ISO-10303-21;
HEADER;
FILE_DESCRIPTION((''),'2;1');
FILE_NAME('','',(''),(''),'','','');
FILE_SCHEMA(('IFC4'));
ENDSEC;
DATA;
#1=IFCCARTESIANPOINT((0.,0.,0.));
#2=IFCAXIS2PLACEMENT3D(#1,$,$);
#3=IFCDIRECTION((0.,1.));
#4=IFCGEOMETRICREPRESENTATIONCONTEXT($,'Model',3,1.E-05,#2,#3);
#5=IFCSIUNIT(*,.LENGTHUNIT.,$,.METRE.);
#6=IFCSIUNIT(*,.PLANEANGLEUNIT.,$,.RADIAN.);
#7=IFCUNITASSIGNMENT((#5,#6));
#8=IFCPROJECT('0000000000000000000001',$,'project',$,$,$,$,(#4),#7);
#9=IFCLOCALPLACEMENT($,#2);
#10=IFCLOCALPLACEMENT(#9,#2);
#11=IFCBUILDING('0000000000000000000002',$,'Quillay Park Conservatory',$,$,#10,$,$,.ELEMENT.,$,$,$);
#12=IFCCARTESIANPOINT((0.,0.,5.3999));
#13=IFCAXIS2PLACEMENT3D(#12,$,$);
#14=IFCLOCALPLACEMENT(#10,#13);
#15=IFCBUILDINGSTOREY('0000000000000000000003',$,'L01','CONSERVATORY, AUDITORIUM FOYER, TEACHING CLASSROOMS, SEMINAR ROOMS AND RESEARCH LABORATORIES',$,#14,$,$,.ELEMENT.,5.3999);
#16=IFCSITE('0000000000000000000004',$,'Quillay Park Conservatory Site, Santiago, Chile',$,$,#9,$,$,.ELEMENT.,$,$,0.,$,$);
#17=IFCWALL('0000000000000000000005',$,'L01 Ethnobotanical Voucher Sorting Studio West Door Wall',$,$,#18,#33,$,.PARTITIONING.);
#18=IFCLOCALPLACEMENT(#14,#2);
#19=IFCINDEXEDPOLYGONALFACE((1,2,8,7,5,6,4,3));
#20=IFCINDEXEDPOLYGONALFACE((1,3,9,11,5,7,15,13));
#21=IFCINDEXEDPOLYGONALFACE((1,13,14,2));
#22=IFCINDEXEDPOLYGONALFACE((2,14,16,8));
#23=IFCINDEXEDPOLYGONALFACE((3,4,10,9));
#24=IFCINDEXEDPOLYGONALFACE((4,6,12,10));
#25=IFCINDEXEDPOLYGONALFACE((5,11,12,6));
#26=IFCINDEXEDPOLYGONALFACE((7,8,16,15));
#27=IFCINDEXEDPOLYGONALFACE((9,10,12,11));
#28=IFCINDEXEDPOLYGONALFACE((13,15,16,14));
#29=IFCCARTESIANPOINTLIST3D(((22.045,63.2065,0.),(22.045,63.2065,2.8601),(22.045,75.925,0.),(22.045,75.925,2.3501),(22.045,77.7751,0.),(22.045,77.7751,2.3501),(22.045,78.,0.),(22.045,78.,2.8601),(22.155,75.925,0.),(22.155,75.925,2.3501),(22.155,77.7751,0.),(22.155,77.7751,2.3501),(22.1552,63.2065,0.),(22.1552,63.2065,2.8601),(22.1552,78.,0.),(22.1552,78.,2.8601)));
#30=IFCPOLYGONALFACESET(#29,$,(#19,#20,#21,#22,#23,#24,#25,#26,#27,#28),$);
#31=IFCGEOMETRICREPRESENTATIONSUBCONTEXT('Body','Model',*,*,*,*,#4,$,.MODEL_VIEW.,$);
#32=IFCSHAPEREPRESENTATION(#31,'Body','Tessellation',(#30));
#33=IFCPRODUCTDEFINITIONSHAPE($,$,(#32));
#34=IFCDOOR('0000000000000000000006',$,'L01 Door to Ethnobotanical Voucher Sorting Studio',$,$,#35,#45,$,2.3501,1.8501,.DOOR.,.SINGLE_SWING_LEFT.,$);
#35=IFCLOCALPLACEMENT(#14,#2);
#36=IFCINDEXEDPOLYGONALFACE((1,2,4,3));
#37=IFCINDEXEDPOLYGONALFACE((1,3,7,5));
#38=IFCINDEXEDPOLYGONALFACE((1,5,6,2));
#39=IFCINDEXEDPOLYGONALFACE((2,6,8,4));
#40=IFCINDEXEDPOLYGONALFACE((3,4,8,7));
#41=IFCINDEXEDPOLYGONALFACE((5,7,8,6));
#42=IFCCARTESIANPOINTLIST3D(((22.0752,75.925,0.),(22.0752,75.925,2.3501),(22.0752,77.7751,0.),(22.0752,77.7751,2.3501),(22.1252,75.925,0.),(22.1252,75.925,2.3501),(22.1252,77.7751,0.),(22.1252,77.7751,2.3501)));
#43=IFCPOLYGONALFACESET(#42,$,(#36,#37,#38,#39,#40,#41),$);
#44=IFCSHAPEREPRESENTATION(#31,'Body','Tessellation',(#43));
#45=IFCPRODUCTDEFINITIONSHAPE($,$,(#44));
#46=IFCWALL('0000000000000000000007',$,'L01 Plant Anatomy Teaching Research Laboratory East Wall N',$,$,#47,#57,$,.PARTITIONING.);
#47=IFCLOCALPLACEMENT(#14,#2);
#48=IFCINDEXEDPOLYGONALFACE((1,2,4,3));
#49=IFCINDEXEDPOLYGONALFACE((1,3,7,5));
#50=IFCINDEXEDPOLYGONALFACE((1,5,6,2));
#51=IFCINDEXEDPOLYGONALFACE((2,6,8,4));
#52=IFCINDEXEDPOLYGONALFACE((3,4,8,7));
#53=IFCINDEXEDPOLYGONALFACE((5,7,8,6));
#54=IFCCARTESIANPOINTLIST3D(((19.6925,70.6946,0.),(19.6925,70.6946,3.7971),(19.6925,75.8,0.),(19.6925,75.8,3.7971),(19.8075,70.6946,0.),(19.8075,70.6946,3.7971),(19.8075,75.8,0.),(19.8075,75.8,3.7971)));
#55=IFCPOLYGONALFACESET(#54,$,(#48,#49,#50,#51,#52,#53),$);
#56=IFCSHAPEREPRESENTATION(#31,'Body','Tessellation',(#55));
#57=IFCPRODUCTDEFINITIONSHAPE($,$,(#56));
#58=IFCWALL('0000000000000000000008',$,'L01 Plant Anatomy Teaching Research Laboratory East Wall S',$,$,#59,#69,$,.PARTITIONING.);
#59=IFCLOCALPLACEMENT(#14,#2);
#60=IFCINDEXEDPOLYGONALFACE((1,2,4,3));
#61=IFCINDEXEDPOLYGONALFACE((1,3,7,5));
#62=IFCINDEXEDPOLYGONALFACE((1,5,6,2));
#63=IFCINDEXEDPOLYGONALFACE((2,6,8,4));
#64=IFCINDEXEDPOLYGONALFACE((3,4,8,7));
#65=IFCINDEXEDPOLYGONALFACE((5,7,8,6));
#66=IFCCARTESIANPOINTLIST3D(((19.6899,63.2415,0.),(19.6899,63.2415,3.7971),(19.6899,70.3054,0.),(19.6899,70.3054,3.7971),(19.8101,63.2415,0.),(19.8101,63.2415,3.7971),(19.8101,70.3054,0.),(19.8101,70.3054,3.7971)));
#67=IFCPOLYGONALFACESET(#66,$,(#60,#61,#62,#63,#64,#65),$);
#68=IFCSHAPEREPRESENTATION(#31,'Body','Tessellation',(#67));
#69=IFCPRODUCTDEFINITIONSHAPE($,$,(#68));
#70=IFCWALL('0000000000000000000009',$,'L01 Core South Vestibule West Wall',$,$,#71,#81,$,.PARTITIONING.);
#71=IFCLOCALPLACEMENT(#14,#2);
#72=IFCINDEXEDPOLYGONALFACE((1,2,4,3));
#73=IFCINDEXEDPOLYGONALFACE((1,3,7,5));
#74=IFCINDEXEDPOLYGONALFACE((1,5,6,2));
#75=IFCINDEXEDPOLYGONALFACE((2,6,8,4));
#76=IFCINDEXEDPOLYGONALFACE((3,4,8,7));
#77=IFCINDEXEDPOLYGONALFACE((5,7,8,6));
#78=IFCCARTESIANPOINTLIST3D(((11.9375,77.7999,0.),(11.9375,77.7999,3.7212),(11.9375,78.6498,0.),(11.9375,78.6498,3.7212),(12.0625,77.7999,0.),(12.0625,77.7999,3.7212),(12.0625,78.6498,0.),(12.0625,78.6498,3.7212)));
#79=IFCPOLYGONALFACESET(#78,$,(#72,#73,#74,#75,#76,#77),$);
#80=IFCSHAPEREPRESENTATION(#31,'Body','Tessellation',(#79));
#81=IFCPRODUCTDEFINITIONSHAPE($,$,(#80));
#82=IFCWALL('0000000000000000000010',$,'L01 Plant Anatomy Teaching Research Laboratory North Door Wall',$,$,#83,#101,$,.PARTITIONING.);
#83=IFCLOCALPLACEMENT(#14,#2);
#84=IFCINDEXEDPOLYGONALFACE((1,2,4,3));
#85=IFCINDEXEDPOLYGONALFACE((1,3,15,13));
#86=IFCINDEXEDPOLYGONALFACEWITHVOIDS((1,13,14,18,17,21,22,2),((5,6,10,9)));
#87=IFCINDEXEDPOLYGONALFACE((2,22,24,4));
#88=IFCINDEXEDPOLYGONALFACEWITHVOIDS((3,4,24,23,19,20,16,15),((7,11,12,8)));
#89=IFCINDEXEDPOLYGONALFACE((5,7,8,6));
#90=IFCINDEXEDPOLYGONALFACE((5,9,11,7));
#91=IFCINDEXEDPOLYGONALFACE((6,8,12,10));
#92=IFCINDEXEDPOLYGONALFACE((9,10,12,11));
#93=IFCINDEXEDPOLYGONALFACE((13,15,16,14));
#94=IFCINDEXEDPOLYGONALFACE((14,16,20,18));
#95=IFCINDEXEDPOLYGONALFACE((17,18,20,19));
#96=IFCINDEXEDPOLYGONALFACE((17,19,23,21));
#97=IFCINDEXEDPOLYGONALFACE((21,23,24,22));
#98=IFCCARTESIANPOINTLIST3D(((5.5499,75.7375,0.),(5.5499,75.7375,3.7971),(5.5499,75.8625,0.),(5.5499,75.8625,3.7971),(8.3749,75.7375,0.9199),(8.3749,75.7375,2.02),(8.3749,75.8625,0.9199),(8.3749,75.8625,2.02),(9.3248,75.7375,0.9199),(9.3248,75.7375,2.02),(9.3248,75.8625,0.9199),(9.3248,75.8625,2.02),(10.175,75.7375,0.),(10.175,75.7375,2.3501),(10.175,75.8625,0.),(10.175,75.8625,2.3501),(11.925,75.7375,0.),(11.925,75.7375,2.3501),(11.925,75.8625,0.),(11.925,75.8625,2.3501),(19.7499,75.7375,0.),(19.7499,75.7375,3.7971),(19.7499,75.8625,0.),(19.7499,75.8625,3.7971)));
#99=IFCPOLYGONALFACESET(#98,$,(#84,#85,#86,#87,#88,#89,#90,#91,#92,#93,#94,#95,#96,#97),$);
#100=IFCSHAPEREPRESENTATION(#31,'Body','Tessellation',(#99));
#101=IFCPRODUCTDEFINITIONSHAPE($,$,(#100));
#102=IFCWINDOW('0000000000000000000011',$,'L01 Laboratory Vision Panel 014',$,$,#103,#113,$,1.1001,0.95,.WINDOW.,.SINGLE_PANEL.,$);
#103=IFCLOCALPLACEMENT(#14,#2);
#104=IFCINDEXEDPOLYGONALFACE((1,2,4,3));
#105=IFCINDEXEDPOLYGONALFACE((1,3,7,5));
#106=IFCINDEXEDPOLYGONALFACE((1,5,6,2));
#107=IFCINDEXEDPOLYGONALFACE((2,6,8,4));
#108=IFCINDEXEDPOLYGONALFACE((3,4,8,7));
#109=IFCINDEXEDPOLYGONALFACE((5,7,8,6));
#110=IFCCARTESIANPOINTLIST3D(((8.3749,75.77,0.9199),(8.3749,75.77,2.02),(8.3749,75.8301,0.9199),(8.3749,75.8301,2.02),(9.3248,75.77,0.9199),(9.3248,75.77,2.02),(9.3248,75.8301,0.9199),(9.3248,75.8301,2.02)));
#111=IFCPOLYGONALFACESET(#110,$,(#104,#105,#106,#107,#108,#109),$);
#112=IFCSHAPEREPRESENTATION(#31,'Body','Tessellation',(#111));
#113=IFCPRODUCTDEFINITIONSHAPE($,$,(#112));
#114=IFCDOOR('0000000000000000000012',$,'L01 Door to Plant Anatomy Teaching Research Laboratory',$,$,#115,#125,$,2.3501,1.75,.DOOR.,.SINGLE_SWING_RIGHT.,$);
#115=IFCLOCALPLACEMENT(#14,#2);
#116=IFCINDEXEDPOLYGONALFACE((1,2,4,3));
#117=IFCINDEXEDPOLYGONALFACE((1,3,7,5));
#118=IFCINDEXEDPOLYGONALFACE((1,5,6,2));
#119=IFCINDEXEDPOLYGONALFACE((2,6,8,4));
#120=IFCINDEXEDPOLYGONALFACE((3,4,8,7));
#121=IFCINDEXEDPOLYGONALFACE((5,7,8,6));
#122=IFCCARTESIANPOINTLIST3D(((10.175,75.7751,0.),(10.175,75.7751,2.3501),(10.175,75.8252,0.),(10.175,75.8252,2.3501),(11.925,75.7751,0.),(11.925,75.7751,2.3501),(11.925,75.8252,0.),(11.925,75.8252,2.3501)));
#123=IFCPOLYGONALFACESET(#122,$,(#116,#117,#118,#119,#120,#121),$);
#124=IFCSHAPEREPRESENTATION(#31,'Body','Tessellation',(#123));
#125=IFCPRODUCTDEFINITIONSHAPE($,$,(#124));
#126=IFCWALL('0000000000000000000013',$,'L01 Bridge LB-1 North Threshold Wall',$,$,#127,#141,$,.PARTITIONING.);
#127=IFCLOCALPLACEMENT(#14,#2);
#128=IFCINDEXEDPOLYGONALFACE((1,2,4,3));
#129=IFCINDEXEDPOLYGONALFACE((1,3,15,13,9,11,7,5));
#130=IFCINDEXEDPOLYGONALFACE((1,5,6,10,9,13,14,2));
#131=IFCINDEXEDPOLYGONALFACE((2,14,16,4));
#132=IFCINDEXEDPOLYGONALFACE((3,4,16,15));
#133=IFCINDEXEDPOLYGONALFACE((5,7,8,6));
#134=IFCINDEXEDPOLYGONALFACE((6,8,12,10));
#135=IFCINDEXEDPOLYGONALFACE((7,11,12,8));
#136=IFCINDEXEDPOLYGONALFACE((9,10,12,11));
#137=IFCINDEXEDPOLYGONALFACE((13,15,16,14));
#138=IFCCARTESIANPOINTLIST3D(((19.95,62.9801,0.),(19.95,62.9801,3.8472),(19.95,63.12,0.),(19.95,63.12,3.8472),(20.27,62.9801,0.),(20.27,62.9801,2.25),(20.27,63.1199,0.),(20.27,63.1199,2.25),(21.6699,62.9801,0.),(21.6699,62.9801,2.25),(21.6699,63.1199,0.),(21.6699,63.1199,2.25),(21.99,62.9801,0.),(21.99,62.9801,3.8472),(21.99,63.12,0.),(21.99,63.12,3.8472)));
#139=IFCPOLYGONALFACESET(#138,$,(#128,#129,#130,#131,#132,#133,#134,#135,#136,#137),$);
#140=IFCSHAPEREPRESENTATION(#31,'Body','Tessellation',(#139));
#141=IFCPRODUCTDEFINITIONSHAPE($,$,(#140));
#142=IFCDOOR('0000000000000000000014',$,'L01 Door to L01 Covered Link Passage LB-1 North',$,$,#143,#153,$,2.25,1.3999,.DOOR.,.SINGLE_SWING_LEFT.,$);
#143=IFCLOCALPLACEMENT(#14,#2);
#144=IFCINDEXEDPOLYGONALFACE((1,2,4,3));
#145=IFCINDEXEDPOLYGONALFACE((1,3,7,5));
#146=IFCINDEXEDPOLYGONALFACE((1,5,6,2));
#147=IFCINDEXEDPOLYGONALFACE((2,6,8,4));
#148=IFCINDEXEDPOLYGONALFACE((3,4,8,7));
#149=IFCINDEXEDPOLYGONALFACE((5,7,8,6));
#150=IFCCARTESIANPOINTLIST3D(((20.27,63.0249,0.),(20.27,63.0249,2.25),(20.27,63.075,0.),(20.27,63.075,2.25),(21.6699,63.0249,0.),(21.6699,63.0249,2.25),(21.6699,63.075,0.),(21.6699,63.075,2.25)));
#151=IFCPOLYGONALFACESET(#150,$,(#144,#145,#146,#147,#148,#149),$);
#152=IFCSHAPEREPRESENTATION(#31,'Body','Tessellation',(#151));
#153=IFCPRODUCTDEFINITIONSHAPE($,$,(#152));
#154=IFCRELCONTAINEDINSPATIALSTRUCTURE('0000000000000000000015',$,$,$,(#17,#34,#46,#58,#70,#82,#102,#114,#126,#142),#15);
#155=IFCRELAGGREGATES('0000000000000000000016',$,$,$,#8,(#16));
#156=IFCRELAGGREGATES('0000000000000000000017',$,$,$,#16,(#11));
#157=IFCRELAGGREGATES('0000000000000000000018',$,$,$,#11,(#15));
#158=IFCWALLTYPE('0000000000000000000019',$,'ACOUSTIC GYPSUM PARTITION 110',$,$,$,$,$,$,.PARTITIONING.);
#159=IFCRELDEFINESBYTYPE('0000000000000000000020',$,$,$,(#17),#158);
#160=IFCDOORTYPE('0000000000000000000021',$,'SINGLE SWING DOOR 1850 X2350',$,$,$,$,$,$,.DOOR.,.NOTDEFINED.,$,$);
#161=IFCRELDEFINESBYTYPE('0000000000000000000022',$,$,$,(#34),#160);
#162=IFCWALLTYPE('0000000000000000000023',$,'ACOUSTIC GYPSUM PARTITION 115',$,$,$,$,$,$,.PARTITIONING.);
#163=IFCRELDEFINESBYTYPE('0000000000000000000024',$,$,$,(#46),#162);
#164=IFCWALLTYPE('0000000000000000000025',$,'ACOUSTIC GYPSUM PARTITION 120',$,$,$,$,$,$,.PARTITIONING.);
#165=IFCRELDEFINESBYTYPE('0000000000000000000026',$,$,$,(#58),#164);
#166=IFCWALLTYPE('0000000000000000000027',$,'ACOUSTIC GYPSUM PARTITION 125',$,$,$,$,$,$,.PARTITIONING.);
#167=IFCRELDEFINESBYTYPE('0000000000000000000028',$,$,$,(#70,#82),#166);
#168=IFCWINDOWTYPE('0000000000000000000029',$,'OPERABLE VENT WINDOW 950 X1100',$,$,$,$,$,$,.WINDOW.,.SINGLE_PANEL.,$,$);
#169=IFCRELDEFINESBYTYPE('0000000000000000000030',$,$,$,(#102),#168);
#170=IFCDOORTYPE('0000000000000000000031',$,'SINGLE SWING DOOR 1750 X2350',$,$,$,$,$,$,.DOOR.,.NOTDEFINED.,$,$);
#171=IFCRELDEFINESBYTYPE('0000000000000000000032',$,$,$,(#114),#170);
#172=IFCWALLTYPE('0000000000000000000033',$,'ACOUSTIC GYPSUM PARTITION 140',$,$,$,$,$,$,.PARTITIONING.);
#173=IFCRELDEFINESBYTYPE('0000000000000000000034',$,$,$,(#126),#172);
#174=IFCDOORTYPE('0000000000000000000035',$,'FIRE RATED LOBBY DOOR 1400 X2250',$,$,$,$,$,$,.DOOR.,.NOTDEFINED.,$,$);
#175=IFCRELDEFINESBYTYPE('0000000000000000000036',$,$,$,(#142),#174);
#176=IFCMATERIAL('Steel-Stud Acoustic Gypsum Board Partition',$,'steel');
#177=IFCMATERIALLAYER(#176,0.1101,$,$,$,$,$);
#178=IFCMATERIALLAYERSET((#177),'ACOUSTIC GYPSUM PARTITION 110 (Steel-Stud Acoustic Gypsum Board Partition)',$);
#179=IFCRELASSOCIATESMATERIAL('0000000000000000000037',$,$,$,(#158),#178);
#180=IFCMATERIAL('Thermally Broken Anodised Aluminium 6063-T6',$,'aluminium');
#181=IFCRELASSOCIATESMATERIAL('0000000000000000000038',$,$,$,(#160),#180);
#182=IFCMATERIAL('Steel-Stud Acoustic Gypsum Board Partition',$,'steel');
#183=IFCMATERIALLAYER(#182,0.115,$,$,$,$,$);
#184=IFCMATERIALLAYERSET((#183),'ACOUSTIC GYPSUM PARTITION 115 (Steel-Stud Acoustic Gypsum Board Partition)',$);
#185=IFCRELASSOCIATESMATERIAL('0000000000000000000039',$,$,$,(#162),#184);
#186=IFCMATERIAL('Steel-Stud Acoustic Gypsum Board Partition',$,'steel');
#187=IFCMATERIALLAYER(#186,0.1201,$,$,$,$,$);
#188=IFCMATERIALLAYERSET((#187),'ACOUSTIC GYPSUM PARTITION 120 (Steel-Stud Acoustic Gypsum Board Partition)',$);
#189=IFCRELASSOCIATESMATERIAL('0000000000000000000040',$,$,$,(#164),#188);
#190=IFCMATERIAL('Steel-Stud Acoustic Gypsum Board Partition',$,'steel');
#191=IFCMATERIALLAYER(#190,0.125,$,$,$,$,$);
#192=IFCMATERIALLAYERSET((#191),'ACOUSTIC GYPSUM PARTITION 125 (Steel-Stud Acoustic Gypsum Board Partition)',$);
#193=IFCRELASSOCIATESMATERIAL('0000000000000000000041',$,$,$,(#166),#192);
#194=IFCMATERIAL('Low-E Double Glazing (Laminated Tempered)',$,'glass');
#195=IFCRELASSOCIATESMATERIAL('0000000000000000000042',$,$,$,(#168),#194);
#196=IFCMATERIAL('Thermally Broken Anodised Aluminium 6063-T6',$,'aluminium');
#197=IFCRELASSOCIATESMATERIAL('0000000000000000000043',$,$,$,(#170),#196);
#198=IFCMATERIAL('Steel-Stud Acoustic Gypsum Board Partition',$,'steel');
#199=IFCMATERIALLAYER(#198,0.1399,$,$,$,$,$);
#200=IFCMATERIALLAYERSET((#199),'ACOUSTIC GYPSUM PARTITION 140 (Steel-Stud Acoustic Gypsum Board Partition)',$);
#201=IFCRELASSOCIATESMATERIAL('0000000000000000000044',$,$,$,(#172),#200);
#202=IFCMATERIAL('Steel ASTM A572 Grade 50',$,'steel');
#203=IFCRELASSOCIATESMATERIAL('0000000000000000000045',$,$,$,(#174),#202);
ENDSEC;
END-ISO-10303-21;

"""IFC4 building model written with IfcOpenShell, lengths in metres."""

from ifc_helpers import new_model, si_unit, direction, frame, frame_2d, origin, place, context, subcontext, project, spatial, rectangle, extrude, material, layer, layer_set, type_object, element, fill, save


model = new_model("IFC4")

# Units and contexts
model_context = context("Model", 3, precision=1e-05, world=origin(), true_north=direction((0.0, 1.0)))
body_context = subcontext(model_context, "Body", "Model", "MODEL_VIEW")
ifc_project = project(units=[si_unit("LENGTHUNIT", "METRE"), si_unit("PLANEANGLEUNIT", "RADIAN")], contexts=[model_context])

# Site, building, storey
site_placement = place(None, origin())
site = spatial("IfcSite", under=ifc_project, at=site_placement, Name="Quillay Park Conservatory Site, Santiago, Chile", CompositionType="ELEMENT", RefElevation=0.0)
building_placement = place(site_placement, origin())
building = spatial("IfcBuilding", under=site, at=building_placement, Name="Quillay Park Conservatory", CompositionType="ELEMENT")
storey_placement = place(building_placement, frame((0.0, 0.0, 5.3999)))
storey = spatial("IfcBuildingStorey", under=building, at=storey_placement, Name="L01", Description="CONSERVATORY, AUDITORIUM FOYER, TEACHING CLASSROOMS, SEMINAR ROOMS AND RESEARCH LABORATORIES", CompositionType="ELEMENT", Elevation=5.3999)

# Wall, opening, door
ifc_material_1 = material(Name="Steel-Stud Acoustic Gypsum Board Partition", Category="steel")
ifc_layer_1 = layer(ifc_material_1, 0.1101)
ifc_layer_set_1 = layer_set([ifc_layer_1], Name="ACOUSTIC GYPSUM PARTITION 110 (Steel-Stud Acoustic Gypsum Board Partition)")
wall_type_1 = type_object("IfcWallType", Name="ACOUSTIC GYPSUM PARTITION 110", PredefinedType="PARTITIONING", material=ifc_layer_set_1)
wall_1_placement = place(storey_placement, frame((22.1001, 63.2065, 0.0), z_axis=(0.0, 0.0, 1.0), x_axis=(0.0, 1.0, 0.0)))
wall_1 = element("IfcWall", 1, at=wall_1_placement, inside=storey, type_object=wall_type_1, Name="L01 Ethnobotanical Voucher Sorting Studio West Door Wall", PredefinedType="PARTITIONING", context=body_context, shape_type="SweptSolid", body=[
    extrude(rectangle(XDim=14.7935, YDim=0.1101, at=frame_2d((7.3967, 0.0))), origin(), (0.0, 0.0, 1.0), 2.8601),
])
opening_1_placement = place(wall_1_placement, frame((12.7185, 0.0, 0.0)))
opening_1 = element("IfcOpeningElement", 2, at=opening_1_placement, cuts=wall_1, PredefinedType="OPENING", context=body_context, shape_type="SweptSolid", body=[
    extrude(rectangle(XDim=1.8501, YDim=2.3501, at=frame_2d((0.925, 1.175))), frame((0.0, 0.0552, 0.0), z_axis=(0.0, -1.0, 0.0), x_axis=(1.0, 0.0, 0.0)), (0.0, 0.0, 1.0), 0.1101),
])
ifc_material_2 = material(Name="Thermally Broken Anodised Aluminium 6063-T6", Category="aluminium")
door_type_1 = type_object("IfcDoorType", Name="SINGLE SWING DOOR 1850 X2350", OperationType="NOTDEFINED", PredefinedType="DOOR", material=ifc_material_2)
door_1_placement = place(opening_1_placement, origin())
door_1 = element("IfcDoor", 3, at=door_1_placement, inside=storey, type_object=door_type_1, Name="L01 Door to Ethnobotanical Voucher Sorting Studio", OperationType="SINGLE_SWING_LEFT", OverallHeight=2.3501, OverallWidth=1.8501, PredefinedType="DOOR", context=body_context, shape_type="SweptSolid", body=[
    extrude(rectangle(XDim=1.8501, YDim=2.3501, at=frame_2d((0.925, 1.175))), frame((0.0, 0.0249, 0.0), z_axis=(0.0, -1.0, 0.0), x_axis=(1.0, 0.0, 0.0)), (0.0, 0.0, 1.0), 0.05),
])
fill(opening_1, door_1)

# Walls
ifc_material_3 = material(Name="Steel-Stud Acoustic Gypsum Board Partition", Category="steel")
ifc_layer_2 = layer(ifc_material_3, 0.115)
ifc_layer_set_2 = layer_set([ifc_layer_2], Name="ACOUSTIC GYPSUM PARTITION 115 (Steel-Stud Acoustic Gypsum Board Partition)")
wall_type_2 = type_object("IfcWallType", Name="ACOUSTIC GYPSUM PARTITION 115", PredefinedType="PARTITIONING", material=ifc_layer_set_2)
wall_2_placement = place(storey_placement, frame((19.75, 70.6946, 0.0), z_axis=(0.0, 0.0, 1.0), x_axis=(0.0, 1.0, 0.0)))
element("IfcWall", 4, at=wall_2_placement, inside=storey, type_object=wall_type_2, Name="L01 Plant Anatomy Teaching Research Laboratory East Wall N", PredefinedType="PARTITIONING", context=body_context, shape_type="SweptSolid", body=[
    extrude(rectangle(XDim=5.1055, YDim=0.115, at=frame_2d((2.5527, 0.0))), origin(), (0.0, 0.0, 1.0), 3.7971),
])
ifc_material_4 = material(Name="Steel-Stud Acoustic Gypsum Board Partition", Category="steel")
ifc_layer_3 = layer(ifc_material_4, 0.1201)
ifc_layer_set_3 = layer_set([ifc_layer_3], Name="ACOUSTIC GYPSUM PARTITION 120 (Steel-Stud Acoustic Gypsum Board Partition)")
wall_type_3 = type_object("IfcWallType", Name="ACOUSTIC GYPSUM PARTITION 120", PredefinedType="PARTITIONING", material=ifc_layer_set_3)
wall_3_placement = place(storey_placement, frame((19.75, 63.2415, 0.0), z_axis=(0.0, 0.0, 1.0), x_axis=(0.0, 1.0, 0.0)))
element("IfcWall", 5, at=wall_3_placement, inside=storey, type_object=wall_type_3, Name="L01 Plant Anatomy Teaching Research Laboratory East Wall S", PredefinedType="PARTITIONING", context=body_context, shape_type="SweptSolid", body=[
    extrude(rectangle(XDim=7.064, YDim=0.1201, at=frame_2d((3.532, 0.0))), origin(), (0.0, 0.0, 1.0), 3.7971),
])
ifc_material_5 = material(Name="Steel-Stud Acoustic Gypsum Board Partition", Category="steel")
ifc_layer_4 = layer(ifc_material_5, 0.125)
ifc_layer_set_4 = layer_set([ifc_layer_4], Name="ACOUSTIC GYPSUM PARTITION 125 (Steel-Stud Acoustic Gypsum Board Partition)")
wall_type_4 = type_object("IfcWallType", Name="ACOUSTIC GYPSUM PARTITION 125", PredefinedType="PARTITIONING", material=ifc_layer_set_4)
wall_4_placement = place(storey_placement, frame((12.0, 77.8, 0.0), z_axis=(0.0, 0.0, 1.0), x_axis=(0.0, 1.0, 0.0)))
element("IfcWall", 6, at=wall_4_placement, inside=storey, type_object=wall_type_4, Name="L01 Core South Vestibule West Wall", PredefinedType="PARTITIONING", context=body_context, shape_type="SweptSolid", body=[
    extrude(rectangle(XDim=0.8499, YDim=0.125, at=frame_2d((0.4248, 0.0))), origin(), (0.0, 0.0, 1.0), 3.7212),
])

# Wall, openings, window, door
wall_5_placement = place(storey_placement, frame((19.75, 75.8, 0.0), z_axis=(0.0, 0.0, 1.0), x_axis=(-1.0, 0.0, 0.0)))
wall_5 = element("IfcWall", 7, at=wall_5_placement, inside=storey, type_object=wall_type_4, Name="L01 Plant Anatomy Teaching Research Laboratory North Door Wall", PredefinedType="PARTITIONING", context=body_context, shape_type="SweptSolid", body=[
    extrude(rectangle(XDim=14.2, YDim=0.125, at=frame_2d((7.1001, 0.0))), origin(), (0.0, 0.0, 1.0), 3.7971),
])
opening_2_placement = place(wall_5_placement, frame((7.825, 0.0, 0.0)))
opening_2 = element("IfcOpeningElement", 8, at=opening_2_placement, cuts=wall_5, PredefinedType="OPENING", context=body_context, shape_type="SweptSolid", body=[
    extrude(rectangle(XDim=1.75, YDim=2.3501, at=frame_2d((0.875, 1.175))), frame((0.0, 0.0625, 0.0), z_axis=(0.0, -1.0, 0.0), x_axis=(1.0, 0.0, 0.0)), (0.0, 0.0, 1.0), 0.125),
])
opening_3_placement = place(wall_5_placement, frame((10.425, 0.0, 0.9199)))
opening_3 = element("IfcOpeningElement", 9, at=opening_3_placement, cuts=wall_5, PredefinedType="OPENING", context=body_context, shape_type="SweptSolid", body=[
    extrude(rectangle(XDim=0.95, YDim=1.1001, at=frame_2d((0.4751, 0.55))), frame((0.0, 0.0625, 0.0), z_axis=(0.0, -1.0, 0.0), x_axis=(1.0, 0.0, 0.0)), (0.0, 0.0, 1.0), 0.125),
])
ifc_material_6 = material(Name="Low-E Double Glazing (Laminated Tempered)", Category="glass")
window_type_1 = type_object("IfcWindowType", Name="OPERABLE VENT WINDOW 950 X1100", PartitioningType="SINGLE_PANEL", PredefinedType="WINDOW", material=ifc_material_6)
window_1_placement = place(opening_3_placement, origin())
window_1 = element("IfcWindow", 10, at=window_1_placement, inside=storey, type_object=window_type_1, Name="L01 Laboratory Vision Panel 014", OverallHeight=1.1001, OverallWidth=0.95, PartitioningType="SINGLE_PANEL", PredefinedType="WINDOW", context=body_context, shape_type="SweptSolid", body=[
    extrude(rectangle(XDim=0.95, YDim=1.1001, at=frame_2d((0.4751, 0.55))), frame((0.0, 0.03, 0.0), z_axis=(0.0, -1.0, 0.0), x_axis=(1.0, 0.0, 0.0)), (0.0, 0.0, 1.0), 0.0601),
])
fill(opening_3, window_1)
ifc_material_7 = material(Name="Thermally Broken Anodised Aluminium 6063-T6", Category="aluminium")
door_type_2 = type_object("IfcDoorType", Name="SINGLE SWING DOOR 1750 X2350", OperationType="NOTDEFINED", PredefinedType="DOOR", material=ifc_material_7)
door_2_placement = place(opening_2_placement, origin())
door_2 = element("IfcDoor", 11, at=door_2_placement, inside=storey, type_object=door_type_2, Name="L01 Door to Plant Anatomy Teaching Research Laboratory", OperationType="SINGLE_SWING_RIGHT", OverallHeight=2.3501, OverallWidth=1.75, PredefinedType="DOOR", context=body_context, shape_type="SweptSolid", body=[
    extrude(rectangle(XDim=1.75, YDim=2.3501, at=frame_2d((0.875, 1.175))), frame((0.0, 0.0249, 0.0), z_axis=(0.0, -1.0, 0.0), x_axis=(1.0, 0.0, 0.0)), (0.0, 0.0, 1.0), 0.05),
])
fill(opening_2, door_2)

# Wall, opening, door
ifc_material_8 = material(Name="Steel-Stud Acoustic Gypsum Board Partition", Category="steel")
ifc_layer_5 = layer(ifc_material_8, 0.1399)
ifc_layer_set_5 = layer_set([ifc_layer_5], Name="ACOUSTIC GYPSUM PARTITION 140 (Steel-Stud Acoustic Gypsum Board Partition)")
wall_type_5 = type_object("IfcWallType", Name="ACOUSTIC GYPSUM PARTITION 140", PredefinedType="PARTITIONING", material=ifc_layer_set_5)
wall_6_placement = place(storey_placement, frame((19.95, 63.05, 0.0), z_axis=(0.0, 0.0, 1.0), x_axis=(1.0, 0.0, 0.0)))
wall_6 = element("IfcWall", 12, at=wall_6_placement, inside=storey, type_object=wall_type_5, Name="L01 Bridge LB-1 North Threshold Wall", PredefinedType="PARTITIONING", context=body_context, shape_type="SweptSolid", body=[
    extrude(rectangle(XDim=2.04, YDim=0.1399, at=frame_2d((1.02, 0.0))), origin(), (0.0, 0.0, 1.0), 3.8472),
])
opening_4_placement = place(wall_6_placement, frame((0.3201, 0.0, 0.0)))
opening_4 = element("IfcOpeningElement", 13, at=opening_4_placement, cuts=wall_6, PredefinedType="OPENING", context=body_context, shape_type="SweptSolid", body=[
    extrude(rectangle(XDim=1.3999, YDim=2.25, at=frame_2d((0.7, 1.125))), frame((0.0, 0.0698, 0.0), z_axis=(0.0, -1.0, 0.0), x_axis=(1.0, 0.0, 0.0)), (0.0, 0.0, 1.0), 0.1399),
])
ifc_material_9 = material(Name="Steel ASTM A572 Grade 50", Category="steel")
door_type_3 = type_object("IfcDoorType", Name="FIRE RATED LOBBY DOOR 1400 X2250", OperationType="NOTDEFINED", PredefinedType="DOOR", material=ifc_material_9)
door_3_placement = place(opening_4_placement, origin())
door_3 = element("IfcDoor", 14, at=door_3_placement, inside=storey, type_object=door_type_3, Name="L01 Door to L01 Covered Link Passage LB-1 North", OperationType="SINGLE_SWING_LEFT", OverallHeight=2.25, OverallWidth=1.3999, PredefinedType="DOOR", context=body_context, shape_type="SweptSolid", body=[
    extrude(rectangle(XDim=1.3999, YDim=2.25, at=frame_2d((0.7, 1.125))), frame((0.0, 0.0249, 0.0), z_axis=(0.0, -1.0, 0.0), x_axis=(1.0, 0.0, 0.0)), (0.0, 0.0, 1.0), 0.05),
])
fill(opening_4, door_3)

save(model, "model.ifc")
